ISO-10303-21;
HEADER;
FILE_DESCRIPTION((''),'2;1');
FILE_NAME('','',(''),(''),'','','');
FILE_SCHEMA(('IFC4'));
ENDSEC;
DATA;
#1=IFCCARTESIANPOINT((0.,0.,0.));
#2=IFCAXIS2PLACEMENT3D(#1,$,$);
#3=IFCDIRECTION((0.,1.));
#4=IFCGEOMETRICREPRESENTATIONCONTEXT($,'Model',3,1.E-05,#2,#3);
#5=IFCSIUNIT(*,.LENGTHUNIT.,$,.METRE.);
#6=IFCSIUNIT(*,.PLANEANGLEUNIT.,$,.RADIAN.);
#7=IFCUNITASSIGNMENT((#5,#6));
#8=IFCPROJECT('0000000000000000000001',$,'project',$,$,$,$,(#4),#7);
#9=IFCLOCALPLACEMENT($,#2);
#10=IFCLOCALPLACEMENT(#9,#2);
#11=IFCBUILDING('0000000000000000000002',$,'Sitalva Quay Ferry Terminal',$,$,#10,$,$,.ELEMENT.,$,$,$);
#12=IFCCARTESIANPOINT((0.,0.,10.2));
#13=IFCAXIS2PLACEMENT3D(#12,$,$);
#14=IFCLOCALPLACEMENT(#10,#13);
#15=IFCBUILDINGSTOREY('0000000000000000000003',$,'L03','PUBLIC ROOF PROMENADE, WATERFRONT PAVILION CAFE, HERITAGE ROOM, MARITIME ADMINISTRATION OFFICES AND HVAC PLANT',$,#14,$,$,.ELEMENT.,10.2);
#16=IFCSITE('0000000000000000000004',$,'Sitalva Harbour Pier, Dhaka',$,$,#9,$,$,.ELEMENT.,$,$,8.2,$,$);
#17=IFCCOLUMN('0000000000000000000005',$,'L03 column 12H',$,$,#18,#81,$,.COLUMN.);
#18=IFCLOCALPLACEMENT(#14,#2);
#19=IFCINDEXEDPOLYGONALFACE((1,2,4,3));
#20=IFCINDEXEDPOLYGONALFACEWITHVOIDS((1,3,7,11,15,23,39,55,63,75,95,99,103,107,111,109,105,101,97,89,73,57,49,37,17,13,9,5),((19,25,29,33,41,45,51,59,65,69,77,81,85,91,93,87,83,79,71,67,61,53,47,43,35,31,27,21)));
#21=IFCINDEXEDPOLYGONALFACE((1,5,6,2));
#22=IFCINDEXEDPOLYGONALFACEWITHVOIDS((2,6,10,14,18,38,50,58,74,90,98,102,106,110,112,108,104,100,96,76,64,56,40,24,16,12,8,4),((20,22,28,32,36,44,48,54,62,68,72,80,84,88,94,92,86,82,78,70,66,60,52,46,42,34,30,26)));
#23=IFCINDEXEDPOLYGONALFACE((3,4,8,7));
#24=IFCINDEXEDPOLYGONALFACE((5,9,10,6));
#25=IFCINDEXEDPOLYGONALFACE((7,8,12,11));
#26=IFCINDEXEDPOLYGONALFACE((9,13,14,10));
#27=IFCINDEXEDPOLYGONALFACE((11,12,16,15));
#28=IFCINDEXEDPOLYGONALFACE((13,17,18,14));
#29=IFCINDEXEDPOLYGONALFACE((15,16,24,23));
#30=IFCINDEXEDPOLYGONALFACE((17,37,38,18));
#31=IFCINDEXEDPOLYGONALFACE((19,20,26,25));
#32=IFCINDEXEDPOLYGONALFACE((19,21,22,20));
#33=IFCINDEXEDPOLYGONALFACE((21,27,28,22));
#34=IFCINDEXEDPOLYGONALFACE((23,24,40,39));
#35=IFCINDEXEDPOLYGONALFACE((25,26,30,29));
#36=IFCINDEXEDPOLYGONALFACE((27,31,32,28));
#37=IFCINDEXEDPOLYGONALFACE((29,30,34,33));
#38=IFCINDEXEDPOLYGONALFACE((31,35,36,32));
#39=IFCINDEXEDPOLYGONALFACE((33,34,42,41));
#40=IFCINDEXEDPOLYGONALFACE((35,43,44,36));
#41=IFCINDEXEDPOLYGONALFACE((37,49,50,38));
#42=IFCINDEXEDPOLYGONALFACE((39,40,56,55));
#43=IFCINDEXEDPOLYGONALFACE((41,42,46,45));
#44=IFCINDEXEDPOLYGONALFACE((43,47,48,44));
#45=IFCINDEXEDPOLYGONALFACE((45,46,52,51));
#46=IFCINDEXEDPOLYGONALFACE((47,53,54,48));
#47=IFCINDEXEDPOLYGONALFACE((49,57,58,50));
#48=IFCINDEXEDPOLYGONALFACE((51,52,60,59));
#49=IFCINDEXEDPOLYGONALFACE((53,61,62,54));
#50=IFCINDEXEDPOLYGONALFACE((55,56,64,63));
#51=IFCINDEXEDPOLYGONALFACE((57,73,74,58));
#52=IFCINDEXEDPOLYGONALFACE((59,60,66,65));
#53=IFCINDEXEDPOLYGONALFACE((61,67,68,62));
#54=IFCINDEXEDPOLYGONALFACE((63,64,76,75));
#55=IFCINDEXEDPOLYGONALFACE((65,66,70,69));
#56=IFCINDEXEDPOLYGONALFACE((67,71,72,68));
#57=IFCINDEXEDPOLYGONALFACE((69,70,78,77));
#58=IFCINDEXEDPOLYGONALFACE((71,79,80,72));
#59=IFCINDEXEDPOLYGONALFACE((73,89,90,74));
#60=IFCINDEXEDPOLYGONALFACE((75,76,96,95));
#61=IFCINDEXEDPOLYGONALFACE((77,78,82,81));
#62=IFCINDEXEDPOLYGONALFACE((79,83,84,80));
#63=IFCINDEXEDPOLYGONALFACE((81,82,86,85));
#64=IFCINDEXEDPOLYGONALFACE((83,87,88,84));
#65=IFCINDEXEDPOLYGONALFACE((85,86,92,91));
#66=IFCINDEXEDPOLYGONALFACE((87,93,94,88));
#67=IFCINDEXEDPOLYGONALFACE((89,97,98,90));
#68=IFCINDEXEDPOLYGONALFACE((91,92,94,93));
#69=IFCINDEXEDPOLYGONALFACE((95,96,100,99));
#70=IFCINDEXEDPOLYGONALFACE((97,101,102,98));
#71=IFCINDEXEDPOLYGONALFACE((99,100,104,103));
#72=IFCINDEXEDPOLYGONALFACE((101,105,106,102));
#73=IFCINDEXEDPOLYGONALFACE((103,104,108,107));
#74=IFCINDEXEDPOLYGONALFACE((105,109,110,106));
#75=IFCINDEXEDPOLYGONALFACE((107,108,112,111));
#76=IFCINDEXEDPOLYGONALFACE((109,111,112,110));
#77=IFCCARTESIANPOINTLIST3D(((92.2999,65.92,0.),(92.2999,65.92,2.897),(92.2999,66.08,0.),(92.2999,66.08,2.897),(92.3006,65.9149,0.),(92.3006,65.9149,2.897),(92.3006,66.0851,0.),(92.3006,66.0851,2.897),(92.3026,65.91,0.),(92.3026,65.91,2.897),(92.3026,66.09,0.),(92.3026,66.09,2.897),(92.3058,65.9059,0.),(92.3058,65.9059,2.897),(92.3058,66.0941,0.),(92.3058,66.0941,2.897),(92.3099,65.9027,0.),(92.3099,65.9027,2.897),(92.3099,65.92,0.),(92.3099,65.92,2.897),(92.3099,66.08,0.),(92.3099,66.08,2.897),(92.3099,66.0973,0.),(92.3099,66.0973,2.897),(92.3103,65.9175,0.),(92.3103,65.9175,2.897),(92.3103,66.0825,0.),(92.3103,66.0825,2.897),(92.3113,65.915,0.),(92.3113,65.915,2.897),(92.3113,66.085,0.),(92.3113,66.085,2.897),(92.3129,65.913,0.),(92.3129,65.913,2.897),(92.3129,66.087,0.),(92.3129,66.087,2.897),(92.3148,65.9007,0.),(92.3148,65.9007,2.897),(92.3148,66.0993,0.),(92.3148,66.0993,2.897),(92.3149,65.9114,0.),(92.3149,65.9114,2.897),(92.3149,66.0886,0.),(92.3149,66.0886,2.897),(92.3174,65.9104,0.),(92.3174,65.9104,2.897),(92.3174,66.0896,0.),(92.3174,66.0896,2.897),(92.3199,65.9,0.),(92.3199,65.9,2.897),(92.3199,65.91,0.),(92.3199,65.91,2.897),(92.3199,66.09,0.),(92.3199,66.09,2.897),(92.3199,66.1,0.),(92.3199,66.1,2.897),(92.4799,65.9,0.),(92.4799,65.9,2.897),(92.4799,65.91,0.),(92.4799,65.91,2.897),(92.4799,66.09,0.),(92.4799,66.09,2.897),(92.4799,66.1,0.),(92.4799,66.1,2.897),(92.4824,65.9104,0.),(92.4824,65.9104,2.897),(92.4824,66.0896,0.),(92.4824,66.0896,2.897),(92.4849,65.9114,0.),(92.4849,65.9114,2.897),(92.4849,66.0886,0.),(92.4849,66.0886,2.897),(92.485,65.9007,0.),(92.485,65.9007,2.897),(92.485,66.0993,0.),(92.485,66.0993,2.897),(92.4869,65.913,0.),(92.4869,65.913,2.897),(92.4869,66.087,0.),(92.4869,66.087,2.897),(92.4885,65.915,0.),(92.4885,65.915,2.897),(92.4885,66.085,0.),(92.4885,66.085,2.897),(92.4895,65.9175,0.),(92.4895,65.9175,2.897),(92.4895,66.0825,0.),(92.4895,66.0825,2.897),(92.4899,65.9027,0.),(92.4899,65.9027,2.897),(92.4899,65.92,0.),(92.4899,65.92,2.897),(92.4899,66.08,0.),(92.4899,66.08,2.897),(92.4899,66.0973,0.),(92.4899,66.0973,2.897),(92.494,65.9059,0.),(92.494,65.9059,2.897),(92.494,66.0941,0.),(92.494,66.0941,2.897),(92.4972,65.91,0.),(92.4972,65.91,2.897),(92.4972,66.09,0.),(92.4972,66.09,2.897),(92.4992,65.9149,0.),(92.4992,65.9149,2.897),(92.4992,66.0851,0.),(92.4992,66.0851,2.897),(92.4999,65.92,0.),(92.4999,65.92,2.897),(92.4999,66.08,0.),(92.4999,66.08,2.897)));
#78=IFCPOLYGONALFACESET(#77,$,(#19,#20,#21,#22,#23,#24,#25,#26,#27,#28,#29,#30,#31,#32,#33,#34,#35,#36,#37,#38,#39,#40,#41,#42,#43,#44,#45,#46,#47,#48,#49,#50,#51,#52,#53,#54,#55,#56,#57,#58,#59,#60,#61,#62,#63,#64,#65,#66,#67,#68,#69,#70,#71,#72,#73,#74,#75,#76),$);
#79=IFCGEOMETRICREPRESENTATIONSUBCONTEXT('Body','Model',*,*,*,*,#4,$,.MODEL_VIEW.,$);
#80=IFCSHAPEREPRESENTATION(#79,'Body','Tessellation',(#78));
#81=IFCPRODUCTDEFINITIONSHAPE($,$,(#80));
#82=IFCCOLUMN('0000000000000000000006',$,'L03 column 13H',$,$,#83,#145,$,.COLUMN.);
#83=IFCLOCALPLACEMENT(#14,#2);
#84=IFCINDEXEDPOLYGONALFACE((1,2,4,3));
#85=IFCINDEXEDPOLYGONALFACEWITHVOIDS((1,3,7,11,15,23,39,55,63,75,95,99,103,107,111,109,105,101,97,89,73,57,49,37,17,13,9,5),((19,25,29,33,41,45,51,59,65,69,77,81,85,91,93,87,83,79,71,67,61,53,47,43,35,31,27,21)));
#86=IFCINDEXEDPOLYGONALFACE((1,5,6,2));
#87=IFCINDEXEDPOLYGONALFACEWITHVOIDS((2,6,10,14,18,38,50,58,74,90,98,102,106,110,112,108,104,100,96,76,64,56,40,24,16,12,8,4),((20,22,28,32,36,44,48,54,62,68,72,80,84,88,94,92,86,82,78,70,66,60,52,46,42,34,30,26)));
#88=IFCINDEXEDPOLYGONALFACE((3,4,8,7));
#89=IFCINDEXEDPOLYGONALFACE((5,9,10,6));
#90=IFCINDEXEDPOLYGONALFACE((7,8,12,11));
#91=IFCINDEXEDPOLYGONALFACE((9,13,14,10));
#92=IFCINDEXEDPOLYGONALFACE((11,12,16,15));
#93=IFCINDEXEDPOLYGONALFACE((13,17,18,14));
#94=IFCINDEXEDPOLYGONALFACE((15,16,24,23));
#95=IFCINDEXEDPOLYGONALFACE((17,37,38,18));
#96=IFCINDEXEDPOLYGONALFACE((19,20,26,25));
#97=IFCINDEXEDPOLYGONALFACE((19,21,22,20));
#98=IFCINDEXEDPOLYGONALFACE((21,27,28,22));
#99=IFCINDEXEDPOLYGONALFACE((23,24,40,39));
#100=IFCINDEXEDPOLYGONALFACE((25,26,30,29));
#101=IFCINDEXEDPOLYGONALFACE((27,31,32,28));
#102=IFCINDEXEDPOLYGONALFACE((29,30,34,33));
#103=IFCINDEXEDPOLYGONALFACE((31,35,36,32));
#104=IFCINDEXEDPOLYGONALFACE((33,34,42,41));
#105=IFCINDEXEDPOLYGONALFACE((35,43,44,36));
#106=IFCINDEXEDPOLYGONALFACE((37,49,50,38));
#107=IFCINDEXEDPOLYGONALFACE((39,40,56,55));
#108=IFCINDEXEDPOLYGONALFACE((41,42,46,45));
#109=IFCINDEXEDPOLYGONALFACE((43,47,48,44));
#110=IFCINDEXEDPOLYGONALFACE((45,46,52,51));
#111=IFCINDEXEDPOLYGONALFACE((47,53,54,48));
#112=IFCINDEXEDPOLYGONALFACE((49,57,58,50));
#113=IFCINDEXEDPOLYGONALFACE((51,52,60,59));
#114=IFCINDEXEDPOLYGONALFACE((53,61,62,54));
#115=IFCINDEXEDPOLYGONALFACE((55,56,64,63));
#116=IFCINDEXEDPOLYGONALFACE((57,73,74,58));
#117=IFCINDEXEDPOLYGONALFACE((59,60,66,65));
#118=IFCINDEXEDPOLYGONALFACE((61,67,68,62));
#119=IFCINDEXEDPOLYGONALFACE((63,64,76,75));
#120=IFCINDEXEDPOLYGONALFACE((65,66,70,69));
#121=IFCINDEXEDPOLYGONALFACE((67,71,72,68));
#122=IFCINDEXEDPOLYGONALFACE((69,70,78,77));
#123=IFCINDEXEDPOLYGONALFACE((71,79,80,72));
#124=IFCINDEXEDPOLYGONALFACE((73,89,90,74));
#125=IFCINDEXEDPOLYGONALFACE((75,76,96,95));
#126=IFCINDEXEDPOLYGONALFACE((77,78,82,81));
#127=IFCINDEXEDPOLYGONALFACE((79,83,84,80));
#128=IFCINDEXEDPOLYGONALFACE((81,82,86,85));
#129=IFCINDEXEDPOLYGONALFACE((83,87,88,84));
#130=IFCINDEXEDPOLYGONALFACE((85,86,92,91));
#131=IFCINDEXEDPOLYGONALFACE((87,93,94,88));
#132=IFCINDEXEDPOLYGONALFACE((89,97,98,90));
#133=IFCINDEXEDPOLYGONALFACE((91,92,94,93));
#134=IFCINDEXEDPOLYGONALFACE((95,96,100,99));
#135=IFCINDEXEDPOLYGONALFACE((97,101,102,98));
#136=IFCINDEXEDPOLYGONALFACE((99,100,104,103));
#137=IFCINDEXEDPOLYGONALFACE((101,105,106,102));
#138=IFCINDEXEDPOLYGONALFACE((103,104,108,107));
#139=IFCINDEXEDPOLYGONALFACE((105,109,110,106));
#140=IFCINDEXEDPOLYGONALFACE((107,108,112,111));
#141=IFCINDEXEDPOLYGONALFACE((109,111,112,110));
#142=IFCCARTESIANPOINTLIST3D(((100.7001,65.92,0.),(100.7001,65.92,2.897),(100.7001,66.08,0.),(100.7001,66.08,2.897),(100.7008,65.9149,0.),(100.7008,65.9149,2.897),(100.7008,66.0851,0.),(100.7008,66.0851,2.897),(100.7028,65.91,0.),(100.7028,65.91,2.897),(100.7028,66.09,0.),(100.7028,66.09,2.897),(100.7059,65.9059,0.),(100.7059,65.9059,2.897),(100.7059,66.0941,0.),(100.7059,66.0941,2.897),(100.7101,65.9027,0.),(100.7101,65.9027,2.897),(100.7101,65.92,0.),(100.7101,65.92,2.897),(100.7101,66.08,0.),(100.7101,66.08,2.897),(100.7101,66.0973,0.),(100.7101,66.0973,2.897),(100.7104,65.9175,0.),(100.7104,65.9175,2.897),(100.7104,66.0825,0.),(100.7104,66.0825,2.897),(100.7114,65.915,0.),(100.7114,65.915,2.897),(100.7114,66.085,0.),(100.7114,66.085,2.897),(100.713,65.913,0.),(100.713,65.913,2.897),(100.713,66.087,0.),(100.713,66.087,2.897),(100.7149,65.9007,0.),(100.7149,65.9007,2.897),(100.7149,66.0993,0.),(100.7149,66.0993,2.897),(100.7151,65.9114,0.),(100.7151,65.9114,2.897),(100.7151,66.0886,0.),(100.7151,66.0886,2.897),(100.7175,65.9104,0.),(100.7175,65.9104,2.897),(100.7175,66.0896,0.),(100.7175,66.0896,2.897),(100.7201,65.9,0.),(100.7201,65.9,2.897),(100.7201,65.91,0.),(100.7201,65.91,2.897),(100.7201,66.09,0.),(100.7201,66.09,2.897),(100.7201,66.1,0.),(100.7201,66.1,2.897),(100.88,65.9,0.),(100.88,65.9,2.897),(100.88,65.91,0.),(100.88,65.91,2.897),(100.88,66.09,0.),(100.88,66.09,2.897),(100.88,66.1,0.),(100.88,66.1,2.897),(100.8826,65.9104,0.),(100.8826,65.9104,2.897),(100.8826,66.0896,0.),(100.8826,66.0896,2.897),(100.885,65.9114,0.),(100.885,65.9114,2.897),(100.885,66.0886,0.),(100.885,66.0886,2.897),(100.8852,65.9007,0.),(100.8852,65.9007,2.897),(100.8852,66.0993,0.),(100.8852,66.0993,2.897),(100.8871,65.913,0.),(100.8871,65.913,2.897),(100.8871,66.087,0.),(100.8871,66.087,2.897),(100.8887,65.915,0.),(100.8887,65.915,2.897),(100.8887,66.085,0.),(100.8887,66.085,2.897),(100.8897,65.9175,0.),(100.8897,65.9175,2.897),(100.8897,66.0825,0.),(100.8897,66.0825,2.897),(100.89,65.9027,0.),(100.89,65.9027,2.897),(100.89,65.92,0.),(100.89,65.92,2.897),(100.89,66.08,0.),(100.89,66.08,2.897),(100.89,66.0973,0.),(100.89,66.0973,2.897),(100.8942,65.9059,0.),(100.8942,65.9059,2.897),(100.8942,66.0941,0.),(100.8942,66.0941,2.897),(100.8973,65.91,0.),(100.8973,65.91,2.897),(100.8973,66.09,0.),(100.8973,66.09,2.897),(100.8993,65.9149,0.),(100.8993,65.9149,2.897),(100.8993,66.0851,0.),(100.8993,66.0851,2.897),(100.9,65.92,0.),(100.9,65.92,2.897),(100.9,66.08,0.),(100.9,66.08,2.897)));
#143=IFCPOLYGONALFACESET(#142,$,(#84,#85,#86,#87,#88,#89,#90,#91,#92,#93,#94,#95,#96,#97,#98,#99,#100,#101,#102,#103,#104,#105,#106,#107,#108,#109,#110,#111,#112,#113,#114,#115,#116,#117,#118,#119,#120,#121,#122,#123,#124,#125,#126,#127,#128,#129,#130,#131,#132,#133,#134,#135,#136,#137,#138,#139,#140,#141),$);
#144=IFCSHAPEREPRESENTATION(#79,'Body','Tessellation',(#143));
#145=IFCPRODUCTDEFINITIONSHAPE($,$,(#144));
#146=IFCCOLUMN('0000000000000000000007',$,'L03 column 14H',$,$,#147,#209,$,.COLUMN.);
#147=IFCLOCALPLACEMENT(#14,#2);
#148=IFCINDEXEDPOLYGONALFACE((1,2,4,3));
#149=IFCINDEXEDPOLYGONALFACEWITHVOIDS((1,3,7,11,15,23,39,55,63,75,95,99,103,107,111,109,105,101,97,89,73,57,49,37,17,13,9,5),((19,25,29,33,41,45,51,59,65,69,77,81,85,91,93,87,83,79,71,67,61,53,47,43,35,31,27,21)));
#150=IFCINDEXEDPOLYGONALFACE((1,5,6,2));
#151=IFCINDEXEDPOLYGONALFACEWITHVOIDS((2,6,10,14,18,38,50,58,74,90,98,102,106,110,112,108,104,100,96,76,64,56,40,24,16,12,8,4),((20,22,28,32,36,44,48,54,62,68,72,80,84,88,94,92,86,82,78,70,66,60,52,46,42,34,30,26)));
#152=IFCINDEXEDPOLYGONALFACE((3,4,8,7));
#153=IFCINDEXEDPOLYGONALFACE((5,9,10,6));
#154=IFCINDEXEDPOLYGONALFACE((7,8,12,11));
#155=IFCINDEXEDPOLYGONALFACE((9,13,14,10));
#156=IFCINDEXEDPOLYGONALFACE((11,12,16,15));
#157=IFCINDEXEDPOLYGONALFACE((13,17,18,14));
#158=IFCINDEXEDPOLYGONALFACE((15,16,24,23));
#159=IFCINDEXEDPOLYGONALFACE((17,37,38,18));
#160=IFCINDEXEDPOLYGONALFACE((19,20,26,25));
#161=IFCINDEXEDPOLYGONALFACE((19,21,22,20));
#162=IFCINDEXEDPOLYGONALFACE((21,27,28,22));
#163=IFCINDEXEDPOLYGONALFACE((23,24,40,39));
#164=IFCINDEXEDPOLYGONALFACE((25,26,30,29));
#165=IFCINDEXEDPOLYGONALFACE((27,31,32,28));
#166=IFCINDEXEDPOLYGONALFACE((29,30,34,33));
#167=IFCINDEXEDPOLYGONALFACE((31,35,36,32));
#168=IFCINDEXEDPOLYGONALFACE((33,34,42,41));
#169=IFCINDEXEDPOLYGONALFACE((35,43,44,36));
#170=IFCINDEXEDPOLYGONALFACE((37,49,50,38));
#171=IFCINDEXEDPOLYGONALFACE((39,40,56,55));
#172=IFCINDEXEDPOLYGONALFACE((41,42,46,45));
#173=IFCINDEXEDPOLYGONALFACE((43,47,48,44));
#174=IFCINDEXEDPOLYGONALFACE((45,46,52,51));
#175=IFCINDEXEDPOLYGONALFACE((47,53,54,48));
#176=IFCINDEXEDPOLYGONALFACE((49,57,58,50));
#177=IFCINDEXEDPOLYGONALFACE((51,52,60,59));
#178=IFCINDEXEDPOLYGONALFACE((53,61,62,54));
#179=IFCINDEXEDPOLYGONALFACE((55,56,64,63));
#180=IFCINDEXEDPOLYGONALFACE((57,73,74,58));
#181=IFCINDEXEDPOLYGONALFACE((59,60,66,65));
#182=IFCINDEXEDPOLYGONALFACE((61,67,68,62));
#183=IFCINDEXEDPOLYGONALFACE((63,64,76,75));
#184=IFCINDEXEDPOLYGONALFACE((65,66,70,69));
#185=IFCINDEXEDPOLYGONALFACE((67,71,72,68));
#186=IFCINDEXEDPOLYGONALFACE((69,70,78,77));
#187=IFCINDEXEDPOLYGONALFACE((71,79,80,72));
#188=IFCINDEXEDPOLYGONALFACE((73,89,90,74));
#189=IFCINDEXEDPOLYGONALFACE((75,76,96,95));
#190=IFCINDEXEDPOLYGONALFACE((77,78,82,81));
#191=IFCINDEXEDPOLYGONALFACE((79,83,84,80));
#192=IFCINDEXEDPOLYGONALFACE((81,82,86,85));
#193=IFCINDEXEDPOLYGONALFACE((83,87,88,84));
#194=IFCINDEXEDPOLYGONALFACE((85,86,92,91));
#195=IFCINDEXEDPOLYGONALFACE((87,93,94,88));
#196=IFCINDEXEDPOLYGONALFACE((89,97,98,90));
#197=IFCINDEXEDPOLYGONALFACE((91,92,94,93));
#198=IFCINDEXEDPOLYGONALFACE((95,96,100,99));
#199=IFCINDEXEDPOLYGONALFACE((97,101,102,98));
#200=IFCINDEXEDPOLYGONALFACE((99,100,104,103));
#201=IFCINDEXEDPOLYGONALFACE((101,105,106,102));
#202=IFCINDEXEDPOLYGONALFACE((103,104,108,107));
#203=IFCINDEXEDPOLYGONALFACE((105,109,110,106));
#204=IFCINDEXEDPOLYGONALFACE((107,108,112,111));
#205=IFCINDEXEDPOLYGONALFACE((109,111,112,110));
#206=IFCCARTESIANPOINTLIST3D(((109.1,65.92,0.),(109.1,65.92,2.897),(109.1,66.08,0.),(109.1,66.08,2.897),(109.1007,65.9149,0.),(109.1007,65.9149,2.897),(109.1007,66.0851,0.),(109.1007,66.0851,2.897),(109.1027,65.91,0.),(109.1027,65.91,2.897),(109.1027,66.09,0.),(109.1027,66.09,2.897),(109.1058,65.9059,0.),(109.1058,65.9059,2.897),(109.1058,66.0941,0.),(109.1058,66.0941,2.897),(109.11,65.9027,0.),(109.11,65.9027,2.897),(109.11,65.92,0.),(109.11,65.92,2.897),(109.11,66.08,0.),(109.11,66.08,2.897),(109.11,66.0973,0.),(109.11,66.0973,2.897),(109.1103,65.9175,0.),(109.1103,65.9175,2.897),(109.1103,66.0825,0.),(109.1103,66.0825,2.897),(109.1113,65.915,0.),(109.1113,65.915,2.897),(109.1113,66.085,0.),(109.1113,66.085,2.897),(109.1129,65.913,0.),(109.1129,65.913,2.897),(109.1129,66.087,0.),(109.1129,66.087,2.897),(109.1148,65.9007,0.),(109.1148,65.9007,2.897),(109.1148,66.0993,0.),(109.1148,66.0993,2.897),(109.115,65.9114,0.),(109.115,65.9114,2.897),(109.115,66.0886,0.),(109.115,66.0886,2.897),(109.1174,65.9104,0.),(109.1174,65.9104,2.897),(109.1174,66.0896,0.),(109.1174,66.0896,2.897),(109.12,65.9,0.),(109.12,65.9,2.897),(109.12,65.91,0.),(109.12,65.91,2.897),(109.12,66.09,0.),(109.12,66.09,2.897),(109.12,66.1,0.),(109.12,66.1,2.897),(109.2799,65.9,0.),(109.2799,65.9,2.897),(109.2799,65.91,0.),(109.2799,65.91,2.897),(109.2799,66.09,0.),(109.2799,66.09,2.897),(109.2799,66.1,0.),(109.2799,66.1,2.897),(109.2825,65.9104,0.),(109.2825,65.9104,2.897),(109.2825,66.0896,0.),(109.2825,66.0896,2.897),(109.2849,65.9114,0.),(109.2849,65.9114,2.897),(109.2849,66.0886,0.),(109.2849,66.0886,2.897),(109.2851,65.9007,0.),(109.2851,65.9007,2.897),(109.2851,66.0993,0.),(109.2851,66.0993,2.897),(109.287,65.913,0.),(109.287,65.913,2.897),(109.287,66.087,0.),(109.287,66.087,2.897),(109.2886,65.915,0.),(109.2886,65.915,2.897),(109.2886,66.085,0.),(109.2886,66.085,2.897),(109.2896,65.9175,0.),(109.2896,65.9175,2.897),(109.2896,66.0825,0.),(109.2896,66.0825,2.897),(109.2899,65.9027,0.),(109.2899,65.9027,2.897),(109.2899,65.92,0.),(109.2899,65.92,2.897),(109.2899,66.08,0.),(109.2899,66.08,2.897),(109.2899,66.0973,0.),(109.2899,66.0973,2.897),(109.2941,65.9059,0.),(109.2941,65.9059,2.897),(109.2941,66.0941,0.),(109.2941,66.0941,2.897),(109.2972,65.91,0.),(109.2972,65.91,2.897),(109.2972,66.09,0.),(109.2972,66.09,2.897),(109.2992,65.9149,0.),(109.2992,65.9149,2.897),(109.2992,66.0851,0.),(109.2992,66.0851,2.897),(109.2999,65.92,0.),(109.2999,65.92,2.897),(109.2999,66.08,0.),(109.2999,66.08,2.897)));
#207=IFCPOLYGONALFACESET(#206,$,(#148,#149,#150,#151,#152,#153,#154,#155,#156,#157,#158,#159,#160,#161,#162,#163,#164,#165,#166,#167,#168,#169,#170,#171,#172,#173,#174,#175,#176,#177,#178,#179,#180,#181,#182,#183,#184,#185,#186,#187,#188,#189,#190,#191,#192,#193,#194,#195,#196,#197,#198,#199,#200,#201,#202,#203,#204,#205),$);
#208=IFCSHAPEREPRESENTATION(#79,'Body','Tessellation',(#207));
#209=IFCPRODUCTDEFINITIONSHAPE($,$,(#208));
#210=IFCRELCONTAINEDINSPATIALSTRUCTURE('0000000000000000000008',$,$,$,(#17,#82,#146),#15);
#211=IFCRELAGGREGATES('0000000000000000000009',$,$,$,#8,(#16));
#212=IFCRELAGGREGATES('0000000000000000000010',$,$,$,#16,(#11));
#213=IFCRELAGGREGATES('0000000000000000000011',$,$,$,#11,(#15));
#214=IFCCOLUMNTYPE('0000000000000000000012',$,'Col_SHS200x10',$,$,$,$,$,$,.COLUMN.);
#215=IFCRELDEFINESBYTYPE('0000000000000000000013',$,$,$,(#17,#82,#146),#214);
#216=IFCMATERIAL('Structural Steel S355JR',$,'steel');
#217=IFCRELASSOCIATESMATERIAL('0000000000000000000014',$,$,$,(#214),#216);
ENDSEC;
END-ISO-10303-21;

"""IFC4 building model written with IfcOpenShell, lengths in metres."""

from ifc_helpers import new_model, si_unit, direction, frame, origin, origin_2d, place, context, subcontext, project, spatial, hollow_rectangle, extrude, material, material_profile, profile_set, type_object, element, save


model = new_model("IFC4")

# Units and contexts
model_context = context("Model", 3, precision=1e-05, world=origin(), true_north=direction((0.0, 1.0)))
body_context = subcontext(model_context, "Body", "Model", "MODEL_VIEW")
ifc_project = project(units=[si_unit("LENGTHUNIT", "METRE"), si_unit("PLANEANGLEUNIT", "RADIAN")], contexts=[model_context])

# Site, building, storey
site_placement = place(None, origin())
site = spatial("IfcSite", under=ifc_project, at=site_placement, Name="Sitalva Harbour Pier, Dhaka", CompositionType="ELEMENT", RefElevation=8.2)
building_placement = place(site_placement, origin())
building = spatial("IfcBuilding", under=site, at=building_placement, Name="Sitalva Quay Ferry Terminal", CompositionType="ELEMENT")
storey_placement = place(building_placement, frame((0.0, 0.0, 10.2)))
storey = spatial("IfcBuildingStorey", under=building, at=storey_placement, Name="L03", Description="PUBLIC ROOF PROMENADE, WATERFRONT PAVILION CAFE, HERITAGE ROOM, MARITIME ADMINISTRATION OFFICES AND HVAC PLANT", CompositionType="ELEMENT", Elevation=10.2)

# Columns
ifc_material_1 = material(Name="Structural Steel S355JR", Category="steel")
ifc_material_profile_1 = material_profile(ifc_material_1, hollow_rectangle(XDim=0.2, YDim=0.2, WallThickness=0.01, InnerFilletRadius=0.01, OuterFilletRadius=0.02, at=origin_2d()), Name="SHS200x200x10")
ifc_profile_set_1 = profile_set([ifc_material_profile_1], Name="Structural Steel S355JR")
column_type = type_object("IfcColumnType", Name="Col_SHS200x10", PredefinedType="COLUMN", material=ifc_profile_set_1)
for number, where, z_axis, x_axis, name in (
    (1, (92.3999, 66.0, 0.0), (0.0, 0.0, 1.0), (1.0, 0.0, 0.0), "L03 column 12H"),
    (2, (100.8, 66.0, 0.0), (0.0, 0.0, 1.0), (1.0, 0.0, 0.0), "L03 column 13H"),
    (3, (109.2, 66.0, 0.0), (0.0, 0.0, 1.0), (1.0, 0.0, 0.0), "L03 column 14H"),
):
    element("IfcColumn", number, at=place(storey_placement, frame(where, z_axis=z_axis, x_axis=x_axis)), inside=storey, type_object=column_type, Name=name, PredefinedType="COLUMN", context=body_context, shape_type="SweptSolid", body=[
        extrude(hollow_rectangle(XDim=0.2, YDim=0.2, WallThickness=0.01, InnerFilletRadius=0.01, OuterFilletRadius=0.02, at=origin_2d()), origin(), (0.0, 0.0, 1.0), 2.897),
    ])

save(model, "model.ifc")
